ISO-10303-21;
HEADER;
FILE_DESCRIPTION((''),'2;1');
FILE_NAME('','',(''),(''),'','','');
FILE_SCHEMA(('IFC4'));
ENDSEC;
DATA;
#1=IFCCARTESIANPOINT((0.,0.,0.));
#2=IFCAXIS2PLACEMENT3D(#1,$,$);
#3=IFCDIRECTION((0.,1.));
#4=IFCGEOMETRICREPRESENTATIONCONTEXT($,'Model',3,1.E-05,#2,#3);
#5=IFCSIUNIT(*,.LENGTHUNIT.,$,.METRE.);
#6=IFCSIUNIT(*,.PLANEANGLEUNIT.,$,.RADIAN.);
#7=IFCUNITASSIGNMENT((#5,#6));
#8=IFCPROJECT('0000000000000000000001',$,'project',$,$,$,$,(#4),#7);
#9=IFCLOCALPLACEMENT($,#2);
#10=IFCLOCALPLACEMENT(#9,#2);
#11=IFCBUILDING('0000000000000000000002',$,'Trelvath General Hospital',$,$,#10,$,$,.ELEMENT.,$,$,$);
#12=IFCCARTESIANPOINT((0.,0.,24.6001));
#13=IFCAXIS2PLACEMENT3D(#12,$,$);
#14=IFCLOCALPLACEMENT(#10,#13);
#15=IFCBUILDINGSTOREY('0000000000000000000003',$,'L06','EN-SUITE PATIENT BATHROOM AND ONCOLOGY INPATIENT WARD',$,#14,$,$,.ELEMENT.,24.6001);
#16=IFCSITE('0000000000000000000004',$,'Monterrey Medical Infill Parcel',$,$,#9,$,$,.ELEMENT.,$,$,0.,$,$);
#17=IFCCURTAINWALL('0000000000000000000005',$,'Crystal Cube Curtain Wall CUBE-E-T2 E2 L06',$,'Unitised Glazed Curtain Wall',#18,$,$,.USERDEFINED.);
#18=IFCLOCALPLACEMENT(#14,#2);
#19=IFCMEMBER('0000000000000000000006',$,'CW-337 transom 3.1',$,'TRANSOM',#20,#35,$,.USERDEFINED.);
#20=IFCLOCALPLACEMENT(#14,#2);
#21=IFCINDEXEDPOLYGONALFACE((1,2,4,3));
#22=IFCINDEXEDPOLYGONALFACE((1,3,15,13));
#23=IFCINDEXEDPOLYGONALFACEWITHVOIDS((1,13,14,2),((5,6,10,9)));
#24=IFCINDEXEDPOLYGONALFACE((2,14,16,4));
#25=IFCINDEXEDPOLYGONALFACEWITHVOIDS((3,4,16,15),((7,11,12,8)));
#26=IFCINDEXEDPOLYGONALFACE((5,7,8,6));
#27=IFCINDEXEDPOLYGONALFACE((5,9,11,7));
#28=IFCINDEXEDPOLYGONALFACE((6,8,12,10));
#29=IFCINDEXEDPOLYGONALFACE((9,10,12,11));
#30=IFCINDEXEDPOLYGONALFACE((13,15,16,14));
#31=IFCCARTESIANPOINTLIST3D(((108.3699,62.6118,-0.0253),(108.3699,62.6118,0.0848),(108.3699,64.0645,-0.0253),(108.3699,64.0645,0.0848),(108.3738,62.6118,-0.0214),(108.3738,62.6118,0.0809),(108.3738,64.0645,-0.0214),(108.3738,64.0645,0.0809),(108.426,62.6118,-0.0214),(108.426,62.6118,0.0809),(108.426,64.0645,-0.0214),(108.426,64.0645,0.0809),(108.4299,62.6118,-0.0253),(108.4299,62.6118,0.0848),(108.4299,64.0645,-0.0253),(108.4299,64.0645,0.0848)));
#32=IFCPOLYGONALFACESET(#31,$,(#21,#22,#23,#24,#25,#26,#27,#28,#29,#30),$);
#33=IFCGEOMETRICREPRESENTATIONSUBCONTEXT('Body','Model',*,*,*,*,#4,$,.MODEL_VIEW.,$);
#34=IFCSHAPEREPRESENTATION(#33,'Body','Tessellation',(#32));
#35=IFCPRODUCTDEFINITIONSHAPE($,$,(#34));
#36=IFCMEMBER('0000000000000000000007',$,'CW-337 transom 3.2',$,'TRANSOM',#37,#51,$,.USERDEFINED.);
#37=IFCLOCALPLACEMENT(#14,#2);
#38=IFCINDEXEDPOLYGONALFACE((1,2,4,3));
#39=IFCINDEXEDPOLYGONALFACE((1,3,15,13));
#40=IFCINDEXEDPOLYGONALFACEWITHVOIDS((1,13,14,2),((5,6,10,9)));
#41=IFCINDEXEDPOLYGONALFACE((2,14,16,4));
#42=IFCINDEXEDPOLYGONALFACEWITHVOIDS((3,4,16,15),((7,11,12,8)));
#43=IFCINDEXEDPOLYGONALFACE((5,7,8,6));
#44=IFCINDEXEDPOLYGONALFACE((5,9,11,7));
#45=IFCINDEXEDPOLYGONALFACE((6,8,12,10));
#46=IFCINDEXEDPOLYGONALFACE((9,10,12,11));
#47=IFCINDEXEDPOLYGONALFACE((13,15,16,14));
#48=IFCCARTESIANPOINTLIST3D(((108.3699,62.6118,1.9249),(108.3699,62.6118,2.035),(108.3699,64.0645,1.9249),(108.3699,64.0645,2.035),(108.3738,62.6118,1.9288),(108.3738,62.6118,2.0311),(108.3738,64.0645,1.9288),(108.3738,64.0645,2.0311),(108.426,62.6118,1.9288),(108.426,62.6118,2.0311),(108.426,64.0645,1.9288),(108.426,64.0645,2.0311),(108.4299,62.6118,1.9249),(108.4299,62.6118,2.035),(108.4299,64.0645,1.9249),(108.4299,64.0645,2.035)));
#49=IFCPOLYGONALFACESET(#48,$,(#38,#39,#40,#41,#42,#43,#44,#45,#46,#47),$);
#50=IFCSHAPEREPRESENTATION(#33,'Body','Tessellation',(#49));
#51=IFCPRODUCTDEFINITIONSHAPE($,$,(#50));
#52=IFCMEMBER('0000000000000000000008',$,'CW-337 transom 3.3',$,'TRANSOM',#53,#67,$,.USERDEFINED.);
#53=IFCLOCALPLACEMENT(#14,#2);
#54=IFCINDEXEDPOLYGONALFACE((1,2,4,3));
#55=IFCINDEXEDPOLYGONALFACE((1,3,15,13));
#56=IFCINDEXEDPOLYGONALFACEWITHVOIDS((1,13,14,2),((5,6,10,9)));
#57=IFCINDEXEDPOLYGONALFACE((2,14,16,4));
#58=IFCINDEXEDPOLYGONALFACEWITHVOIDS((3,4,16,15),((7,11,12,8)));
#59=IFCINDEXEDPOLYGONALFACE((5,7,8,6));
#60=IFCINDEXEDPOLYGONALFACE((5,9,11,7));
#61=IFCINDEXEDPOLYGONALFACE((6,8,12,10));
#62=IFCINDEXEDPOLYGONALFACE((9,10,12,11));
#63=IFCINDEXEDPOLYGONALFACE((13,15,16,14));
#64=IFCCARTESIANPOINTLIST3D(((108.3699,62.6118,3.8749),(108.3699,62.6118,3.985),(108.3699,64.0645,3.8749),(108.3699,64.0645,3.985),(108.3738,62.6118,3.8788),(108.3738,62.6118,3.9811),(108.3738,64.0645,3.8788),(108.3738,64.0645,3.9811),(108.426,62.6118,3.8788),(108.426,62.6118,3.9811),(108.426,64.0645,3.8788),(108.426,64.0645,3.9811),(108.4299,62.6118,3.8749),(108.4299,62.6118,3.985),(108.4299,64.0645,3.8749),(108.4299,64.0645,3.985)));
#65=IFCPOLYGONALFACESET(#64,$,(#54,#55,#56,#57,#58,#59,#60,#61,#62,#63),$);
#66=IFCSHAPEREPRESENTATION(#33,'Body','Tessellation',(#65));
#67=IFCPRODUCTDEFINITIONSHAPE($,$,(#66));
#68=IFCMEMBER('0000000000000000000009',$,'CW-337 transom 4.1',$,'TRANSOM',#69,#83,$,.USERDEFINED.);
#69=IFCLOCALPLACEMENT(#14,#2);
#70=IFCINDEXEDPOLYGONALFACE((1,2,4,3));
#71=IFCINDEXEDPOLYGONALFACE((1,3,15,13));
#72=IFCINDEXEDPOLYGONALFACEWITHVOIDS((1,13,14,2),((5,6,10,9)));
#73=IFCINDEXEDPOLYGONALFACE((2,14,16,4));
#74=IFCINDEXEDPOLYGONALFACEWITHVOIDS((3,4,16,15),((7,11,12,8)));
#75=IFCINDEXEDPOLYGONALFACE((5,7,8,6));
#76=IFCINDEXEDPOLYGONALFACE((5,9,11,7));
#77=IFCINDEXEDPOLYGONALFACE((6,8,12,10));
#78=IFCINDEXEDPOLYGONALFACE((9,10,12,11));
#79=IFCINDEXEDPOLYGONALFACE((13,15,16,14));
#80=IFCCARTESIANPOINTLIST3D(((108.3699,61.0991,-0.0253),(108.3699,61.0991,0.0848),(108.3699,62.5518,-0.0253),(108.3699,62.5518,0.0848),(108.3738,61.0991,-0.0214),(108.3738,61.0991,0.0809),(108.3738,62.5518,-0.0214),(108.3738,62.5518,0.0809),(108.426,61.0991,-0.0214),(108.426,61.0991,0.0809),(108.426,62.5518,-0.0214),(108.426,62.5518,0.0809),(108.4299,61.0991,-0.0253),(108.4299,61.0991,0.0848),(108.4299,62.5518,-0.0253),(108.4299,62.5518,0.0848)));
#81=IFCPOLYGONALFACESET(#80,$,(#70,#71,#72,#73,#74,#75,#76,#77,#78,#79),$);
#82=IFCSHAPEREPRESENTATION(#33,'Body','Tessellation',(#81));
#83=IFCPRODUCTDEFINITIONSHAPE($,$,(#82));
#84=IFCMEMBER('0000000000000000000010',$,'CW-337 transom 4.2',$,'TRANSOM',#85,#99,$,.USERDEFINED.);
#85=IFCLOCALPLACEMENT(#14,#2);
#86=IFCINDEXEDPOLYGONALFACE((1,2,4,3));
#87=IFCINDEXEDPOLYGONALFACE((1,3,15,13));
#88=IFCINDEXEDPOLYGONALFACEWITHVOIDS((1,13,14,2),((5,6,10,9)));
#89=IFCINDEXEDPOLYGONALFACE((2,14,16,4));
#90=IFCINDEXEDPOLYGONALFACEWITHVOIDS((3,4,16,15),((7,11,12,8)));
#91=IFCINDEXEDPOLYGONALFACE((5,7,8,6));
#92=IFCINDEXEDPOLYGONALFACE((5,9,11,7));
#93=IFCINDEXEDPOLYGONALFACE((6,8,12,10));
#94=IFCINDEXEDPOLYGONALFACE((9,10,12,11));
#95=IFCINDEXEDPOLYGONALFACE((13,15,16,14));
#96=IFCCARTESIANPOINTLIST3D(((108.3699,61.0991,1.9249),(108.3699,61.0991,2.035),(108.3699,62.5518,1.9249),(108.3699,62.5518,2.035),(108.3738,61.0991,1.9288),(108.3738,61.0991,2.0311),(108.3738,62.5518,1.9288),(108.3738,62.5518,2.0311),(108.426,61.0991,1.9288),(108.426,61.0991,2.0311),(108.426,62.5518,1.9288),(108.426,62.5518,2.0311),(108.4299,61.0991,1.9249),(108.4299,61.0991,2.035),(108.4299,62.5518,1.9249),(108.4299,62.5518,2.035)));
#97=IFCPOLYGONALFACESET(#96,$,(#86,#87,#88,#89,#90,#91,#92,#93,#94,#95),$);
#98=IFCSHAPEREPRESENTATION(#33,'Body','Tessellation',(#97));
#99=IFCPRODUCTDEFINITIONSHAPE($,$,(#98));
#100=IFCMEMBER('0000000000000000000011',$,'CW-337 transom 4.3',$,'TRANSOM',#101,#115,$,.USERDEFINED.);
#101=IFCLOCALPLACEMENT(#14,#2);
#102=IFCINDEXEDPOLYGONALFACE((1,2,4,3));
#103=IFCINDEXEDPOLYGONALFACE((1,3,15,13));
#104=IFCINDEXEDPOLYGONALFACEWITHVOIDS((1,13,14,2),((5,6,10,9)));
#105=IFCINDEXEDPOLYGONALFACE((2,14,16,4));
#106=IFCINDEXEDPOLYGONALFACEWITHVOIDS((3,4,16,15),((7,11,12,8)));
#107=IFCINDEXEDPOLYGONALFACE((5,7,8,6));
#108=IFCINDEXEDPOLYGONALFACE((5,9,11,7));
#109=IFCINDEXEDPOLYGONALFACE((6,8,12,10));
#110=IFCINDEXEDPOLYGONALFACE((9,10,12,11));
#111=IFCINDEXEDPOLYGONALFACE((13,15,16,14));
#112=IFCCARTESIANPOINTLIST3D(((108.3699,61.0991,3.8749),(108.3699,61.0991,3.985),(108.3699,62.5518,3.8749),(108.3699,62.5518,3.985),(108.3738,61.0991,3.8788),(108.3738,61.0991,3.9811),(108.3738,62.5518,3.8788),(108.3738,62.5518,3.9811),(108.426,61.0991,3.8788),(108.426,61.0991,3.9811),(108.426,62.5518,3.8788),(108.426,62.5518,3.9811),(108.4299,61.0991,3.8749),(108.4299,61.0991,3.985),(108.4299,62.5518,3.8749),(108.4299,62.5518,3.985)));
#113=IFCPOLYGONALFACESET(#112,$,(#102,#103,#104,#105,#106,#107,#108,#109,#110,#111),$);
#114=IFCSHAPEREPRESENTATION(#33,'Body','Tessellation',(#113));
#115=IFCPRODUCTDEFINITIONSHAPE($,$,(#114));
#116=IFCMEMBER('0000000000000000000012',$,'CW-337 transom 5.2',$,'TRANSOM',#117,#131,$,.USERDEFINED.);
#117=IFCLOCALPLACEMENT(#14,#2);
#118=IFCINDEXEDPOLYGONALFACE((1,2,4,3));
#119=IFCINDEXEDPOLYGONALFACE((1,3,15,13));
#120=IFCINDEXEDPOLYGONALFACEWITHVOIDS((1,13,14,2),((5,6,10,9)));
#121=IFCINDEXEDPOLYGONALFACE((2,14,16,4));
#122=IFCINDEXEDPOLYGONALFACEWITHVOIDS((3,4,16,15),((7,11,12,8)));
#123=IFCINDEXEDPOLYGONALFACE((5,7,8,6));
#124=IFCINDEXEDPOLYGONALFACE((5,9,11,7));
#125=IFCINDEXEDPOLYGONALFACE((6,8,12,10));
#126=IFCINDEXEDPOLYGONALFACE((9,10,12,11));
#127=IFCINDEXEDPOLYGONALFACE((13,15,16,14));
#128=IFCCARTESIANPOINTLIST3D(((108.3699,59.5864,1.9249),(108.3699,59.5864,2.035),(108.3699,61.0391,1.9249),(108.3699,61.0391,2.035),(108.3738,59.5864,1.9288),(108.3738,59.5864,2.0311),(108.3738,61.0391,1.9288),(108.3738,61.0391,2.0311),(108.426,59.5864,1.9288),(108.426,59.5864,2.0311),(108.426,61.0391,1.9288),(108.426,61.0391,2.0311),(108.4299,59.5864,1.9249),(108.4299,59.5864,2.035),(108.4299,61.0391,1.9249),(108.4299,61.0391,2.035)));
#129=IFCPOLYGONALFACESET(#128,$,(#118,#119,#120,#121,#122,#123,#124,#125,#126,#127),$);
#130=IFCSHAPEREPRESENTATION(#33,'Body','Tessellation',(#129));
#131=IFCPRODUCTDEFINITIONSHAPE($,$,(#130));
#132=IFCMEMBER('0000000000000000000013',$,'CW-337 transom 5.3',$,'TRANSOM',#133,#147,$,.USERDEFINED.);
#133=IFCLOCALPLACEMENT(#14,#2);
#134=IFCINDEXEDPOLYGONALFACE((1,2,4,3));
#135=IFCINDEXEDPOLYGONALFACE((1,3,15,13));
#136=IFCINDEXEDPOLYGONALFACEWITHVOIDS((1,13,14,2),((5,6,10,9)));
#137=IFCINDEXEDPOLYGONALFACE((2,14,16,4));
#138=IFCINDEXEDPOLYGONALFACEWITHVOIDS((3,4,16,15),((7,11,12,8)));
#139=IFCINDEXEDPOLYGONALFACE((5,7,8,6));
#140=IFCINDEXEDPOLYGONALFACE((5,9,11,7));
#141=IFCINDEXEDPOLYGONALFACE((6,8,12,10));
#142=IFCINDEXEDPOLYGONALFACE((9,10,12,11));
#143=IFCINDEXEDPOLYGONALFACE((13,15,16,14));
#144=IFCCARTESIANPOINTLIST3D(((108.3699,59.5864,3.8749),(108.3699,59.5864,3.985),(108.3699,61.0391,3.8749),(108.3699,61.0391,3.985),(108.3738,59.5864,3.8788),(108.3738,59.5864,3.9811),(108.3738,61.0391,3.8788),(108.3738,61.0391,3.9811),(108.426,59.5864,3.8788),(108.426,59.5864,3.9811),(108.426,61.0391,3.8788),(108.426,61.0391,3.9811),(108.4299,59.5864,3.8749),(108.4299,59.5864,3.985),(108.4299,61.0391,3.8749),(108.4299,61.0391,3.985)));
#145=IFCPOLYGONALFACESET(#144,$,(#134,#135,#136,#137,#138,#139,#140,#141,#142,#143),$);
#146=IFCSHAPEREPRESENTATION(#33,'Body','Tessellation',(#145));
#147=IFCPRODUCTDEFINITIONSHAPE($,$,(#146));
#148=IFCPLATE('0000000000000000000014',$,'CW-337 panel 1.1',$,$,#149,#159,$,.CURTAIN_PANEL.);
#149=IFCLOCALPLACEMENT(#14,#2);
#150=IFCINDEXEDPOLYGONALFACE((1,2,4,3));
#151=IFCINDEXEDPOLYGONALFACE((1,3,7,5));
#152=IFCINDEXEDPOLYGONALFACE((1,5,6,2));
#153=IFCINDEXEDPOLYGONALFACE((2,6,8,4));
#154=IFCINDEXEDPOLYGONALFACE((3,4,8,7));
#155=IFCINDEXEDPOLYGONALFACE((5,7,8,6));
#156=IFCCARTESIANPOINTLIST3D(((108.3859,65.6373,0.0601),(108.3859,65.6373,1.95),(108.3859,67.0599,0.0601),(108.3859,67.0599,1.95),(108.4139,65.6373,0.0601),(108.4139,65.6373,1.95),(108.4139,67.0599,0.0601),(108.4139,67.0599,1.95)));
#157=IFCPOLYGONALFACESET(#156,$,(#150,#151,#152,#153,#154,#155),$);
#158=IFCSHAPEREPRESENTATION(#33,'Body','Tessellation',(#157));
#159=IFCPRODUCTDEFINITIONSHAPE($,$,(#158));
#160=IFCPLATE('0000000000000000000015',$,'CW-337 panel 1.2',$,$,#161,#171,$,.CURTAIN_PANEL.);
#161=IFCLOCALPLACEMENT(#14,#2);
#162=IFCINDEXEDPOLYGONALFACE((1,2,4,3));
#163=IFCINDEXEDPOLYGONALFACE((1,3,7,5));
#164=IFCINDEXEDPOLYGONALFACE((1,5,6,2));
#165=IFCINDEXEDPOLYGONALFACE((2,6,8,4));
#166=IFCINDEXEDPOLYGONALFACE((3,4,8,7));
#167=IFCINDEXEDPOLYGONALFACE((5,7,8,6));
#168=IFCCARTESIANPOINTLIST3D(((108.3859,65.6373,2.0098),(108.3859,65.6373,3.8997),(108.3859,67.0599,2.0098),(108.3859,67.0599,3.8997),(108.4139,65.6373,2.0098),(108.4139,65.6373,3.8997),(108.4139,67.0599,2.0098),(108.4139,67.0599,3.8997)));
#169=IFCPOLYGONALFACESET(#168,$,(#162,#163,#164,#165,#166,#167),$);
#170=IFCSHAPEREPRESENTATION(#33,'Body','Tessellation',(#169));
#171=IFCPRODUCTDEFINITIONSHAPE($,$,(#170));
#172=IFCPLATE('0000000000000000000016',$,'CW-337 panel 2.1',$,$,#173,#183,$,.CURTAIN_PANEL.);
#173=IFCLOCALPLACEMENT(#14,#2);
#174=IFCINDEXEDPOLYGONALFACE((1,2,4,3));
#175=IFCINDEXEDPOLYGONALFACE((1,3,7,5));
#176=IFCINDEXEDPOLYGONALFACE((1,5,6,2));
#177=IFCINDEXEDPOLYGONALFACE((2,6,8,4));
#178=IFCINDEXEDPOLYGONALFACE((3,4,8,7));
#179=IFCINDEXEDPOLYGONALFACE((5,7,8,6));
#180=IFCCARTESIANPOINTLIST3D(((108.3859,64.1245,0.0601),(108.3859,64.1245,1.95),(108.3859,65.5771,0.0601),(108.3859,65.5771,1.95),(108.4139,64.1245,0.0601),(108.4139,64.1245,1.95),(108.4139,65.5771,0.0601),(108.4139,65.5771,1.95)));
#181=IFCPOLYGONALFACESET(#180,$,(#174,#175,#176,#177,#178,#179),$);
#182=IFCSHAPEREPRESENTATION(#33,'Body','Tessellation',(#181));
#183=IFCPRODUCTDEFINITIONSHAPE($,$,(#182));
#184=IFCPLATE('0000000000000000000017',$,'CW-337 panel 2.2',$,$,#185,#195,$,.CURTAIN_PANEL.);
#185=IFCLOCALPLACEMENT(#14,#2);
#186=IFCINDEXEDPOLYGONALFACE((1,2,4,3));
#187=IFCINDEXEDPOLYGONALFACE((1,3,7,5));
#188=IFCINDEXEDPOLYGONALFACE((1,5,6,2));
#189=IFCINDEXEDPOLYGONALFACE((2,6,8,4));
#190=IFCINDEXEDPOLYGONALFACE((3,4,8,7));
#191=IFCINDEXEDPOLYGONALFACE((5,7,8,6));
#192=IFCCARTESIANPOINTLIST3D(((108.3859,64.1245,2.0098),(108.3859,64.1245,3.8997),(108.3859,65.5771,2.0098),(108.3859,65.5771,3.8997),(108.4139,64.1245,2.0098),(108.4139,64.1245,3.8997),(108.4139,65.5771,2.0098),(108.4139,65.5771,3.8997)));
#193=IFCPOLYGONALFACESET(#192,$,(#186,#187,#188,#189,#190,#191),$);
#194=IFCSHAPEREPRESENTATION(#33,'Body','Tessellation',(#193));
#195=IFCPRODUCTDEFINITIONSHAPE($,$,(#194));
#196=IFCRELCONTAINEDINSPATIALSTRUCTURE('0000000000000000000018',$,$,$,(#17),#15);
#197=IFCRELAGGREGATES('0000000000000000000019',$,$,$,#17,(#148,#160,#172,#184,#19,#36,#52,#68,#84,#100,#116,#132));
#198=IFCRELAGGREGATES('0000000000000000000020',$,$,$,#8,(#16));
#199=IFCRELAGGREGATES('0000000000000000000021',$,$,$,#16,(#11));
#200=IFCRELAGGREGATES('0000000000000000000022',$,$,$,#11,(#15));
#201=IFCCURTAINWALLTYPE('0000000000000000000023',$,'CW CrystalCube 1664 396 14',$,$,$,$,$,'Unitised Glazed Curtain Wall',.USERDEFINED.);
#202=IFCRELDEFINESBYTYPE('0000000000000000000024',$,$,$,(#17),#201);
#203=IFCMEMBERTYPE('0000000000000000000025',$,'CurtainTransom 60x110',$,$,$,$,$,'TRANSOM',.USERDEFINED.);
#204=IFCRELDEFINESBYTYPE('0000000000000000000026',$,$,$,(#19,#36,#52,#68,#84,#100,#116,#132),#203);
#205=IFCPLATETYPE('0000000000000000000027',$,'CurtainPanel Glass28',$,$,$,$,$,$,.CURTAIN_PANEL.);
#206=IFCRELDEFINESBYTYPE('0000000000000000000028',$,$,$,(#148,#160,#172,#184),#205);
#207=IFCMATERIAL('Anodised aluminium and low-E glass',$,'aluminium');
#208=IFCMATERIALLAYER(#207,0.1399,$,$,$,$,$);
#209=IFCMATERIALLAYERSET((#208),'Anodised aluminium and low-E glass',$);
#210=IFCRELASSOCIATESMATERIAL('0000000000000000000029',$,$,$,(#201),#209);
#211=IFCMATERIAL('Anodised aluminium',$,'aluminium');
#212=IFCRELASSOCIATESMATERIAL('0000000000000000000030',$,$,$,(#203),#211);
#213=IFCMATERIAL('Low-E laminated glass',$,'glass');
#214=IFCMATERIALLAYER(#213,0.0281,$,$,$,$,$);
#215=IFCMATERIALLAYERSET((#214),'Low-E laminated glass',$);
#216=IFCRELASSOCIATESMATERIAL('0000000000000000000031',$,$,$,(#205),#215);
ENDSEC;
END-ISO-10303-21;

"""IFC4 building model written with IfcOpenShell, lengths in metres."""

from ifc_helpers import new_model, si_unit, direction, frame, origin, origin_2d, place, context, subcontext, project, spatial, rectangle, hollow_rectangle, extrude, material, layer, layer_set, material_profile, profile_set, type_object, element, aggregate, save


model = new_model("IFC4")

# Units and contexts
model_context = context("Model", 3, precision=1e-05, world=origin(), true_north=direction((0.0, 1.0)))
body_context = subcontext(model_context, "Body", "Model", "MODEL_VIEW")
ifc_project = project(units=[si_unit("LENGTHUNIT", "METRE"), si_unit("PLANEANGLEUNIT", "RADIAN")], contexts=[model_context])

# Site, building, storey
site_placement = place(None, origin())
site = spatial("IfcSite", under=ifc_project, at=site_placement, Name="Monterrey Medical Infill Parcel", CompositionType="ELEMENT", RefElevation=0.0)
building_placement = place(site_placement, origin())
building = spatial("IfcBuilding", under=site, at=building_placement, Name="Trelvath General Hospital", CompositionType="ELEMENT")
storey_placement = place(building_placement, frame((0.0, 0.0, 24.6001)))
storey = spatial("IfcBuildingStorey", under=building, at=storey_placement, Name="L06", Description="EN-SUITE PATIENT BATHROOM AND ONCOLOGY INPATIENT WARD", CompositionType="ELEMENT", Elevation=24.6001)

# Curtain wall, members, plates
ifc_material_1 = material(Name="Anodised aluminium and low-E glass", Category="aluminium")
ifc_layer_1 = layer(ifc_material_1, 0.1399)
ifc_layer_set_1 = layer_set([ifc_layer_1], Name="Anodised aluminium and low-E glass")
curtain_wall_type = type_object("IfcCurtainWallType", Name="CW CrystalCube 1664 396 14", ElementType="Unitised Glazed Curtain Wall", PredefinedType="USERDEFINED", material=ifc_layer_set_1)
curtain_wall_placement = place(storey_placement, origin())
curtain_wall = element("IfcCurtainWall", 1, at=curtain_wall_placement, inside=storey, type_object=curtain_wall_type, Name="Crystal Cube Curtain Wall CUBE-E-T2 E2 L06", ObjectType="Unitised Glazed Curtain Wall", PredefinedType="USERDEFINED")
ifc_material_2 = material(Name="Anodised aluminium", Category="aluminium")
ifc_material_profile_1 = material_profile(ifc_material_2, hollow_rectangle(XDim=0.0601, YDim=0.1101, WallThickness=0.0039, at=origin_2d()), Name="RHS60x110x4")
ifc_profile_set_1 = profile_set([ifc_material_profile_1], Name="Anodised aluminium")
member_type_1 = type_object("IfcMemberType", Name="CurtainTransom 60x110", ElementType="TRANSOM", PredefinedType="USERDEFINED", material=ifc_profile_set_1)
member_1_placement = place(storey_placement, frame((108.3999, 64.0645, 0.0298), z_axis=(0.0, -1.0, 0.0), x_axis=(1.0, 0.0, 0.0)))
member_1 = element("IfcMember", 2, at=member_1_placement, type_object=member_type_1, Name="CW-337 transom 3.1", ObjectType="TRANSOM", PredefinedType="USERDEFINED", context=body_context, shape_type="SweptSolid", body=[
    extrude(hollow_rectangle(XDim=0.0601, YDim=0.1101, WallThickness=0.0039, at=origin_2d()), origin(), (0.0, 0.0, 1.0), 1.4526),
])
member_2_placement = place(storey_placement, frame((108.3999, 64.0645, 1.98), z_axis=(0.0, -1.0, 0.0), x_axis=(1.0, 0.0, 0.0)))
member_2 = element("IfcMember", 3, at=member_2_placement, type_object=member_type_1, Name="CW-337 transom 3.2", ObjectType="TRANSOM", PredefinedType="USERDEFINED", context=body_context, shape_type="SweptSolid", body=[
    extrude(hollow_rectangle(XDim=0.0601, YDim=0.1101, WallThickness=0.0039, at=origin_2d()), origin(), (0.0, 0.0, 1.0), 1.4526),
])
member_3_placement = place(storey_placement, frame((108.3999, 64.0645, 3.9299), z_axis=(0.0, -1.0, 0.0), x_axis=(1.0, 0.0, 0.0)))
member_3 = element("IfcMember", 4, at=member_3_placement, type_object=member_type_1, Name="CW-337 transom 3.3", ObjectType="TRANSOM", PredefinedType="USERDEFINED", context=body_context, shape_type="SweptSolid", body=[
    extrude(hollow_rectangle(XDim=0.0601, YDim=0.1101, WallThickness=0.0039, at=origin_2d()), origin(), (0.0, 0.0, 1.0), 1.4526),
])
member_4_placement = place(storey_placement, frame((108.3999, 62.5518, 0.0298), z_axis=(0.0, -1.0, 0.0), x_axis=(1.0, 0.0, 0.0)))
member_4 = element("IfcMember", 5, at=member_4_placement, type_object=member_type_1, Name="CW-337 transom 4.1", ObjectType="TRANSOM", PredefinedType="USERDEFINED", context=body_context, shape_type="SweptSolid", body=[
    extrude(hollow_rectangle(XDim=0.0601, YDim=0.1101, WallThickness=0.0039, at=origin_2d()), origin(), (0.0, 0.0, 1.0), 1.4526),
])
member_5_placement = place(storey_placement, frame((108.3999, 62.5518, 1.98), z_axis=(0.0, -1.0, 0.0), x_axis=(1.0, 0.0, 0.0)))
member_5 = element("IfcMember", 6, at=member_5_placement, type_object=member_type_1, Name="CW-337 transom 4.2", ObjectType="TRANSOM", PredefinedType="USERDEFINED", context=body_context, shape_type="SweptSolid", body=[
    extrude(hollow_rectangle(XDim=0.0601, YDim=0.1101, WallThickness=0.0039, at=origin_2d()), origin(), (0.0, 0.0, 1.0), 1.4526),
])
member_6_placement = place(storey_placement, frame((108.3999, 62.5518, 3.9299), z_axis=(0.0, -1.0, 0.0), x_axis=(1.0, 0.0, 0.0)))
member_6 = element("IfcMember", 7, at=member_6_placement, type_object=member_type_1, Name="CW-337 transom 4.3", ObjectType="TRANSOM", PredefinedType="USERDEFINED", context=body_context, shape_type="SweptSolid", body=[
    extrude(hollow_rectangle(XDim=0.0601, YDim=0.1101, WallThickness=0.0039, at=origin_2d()), origin(), (0.0, 0.0, 1.0), 1.4526),
])
member_7_placement = place(storey_placement, frame((108.3999, 61.0391, 1.98), z_axis=(0.0, -1.0, 0.0), x_axis=(1.0, 0.0, 0.0)))
member_7 = element("IfcMember", 8, at=member_7_placement, type_object=member_type_1, Name="CW-337 transom 5.2", ObjectType="TRANSOM", PredefinedType="USERDEFINED", context=body_context, shape_type="SweptSolid", body=[
    extrude(hollow_rectangle(XDim=0.0601, YDim=0.1101, WallThickness=0.0039, at=origin_2d()), origin(), (0.0, 0.0, 1.0), 1.4526),
])
member_8_placement = place(storey_placement, frame((108.3999, 61.0391, 3.9299), z_axis=(0.0, -1.0, 0.0), x_axis=(1.0, 0.0, 0.0)))
member_8 = element("IfcMember", 9, at=member_8_placement, type_object=member_type_1, Name="CW-337 transom 5.3", ObjectType="TRANSOM", PredefinedType="USERDEFINED", context=body_context, shape_type="SweptSolid", body=[
    extrude(hollow_rectangle(XDim=0.0601, YDim=0.1101, WallThickness=0.0039, at=origin_2d()), origin(), (0.0, 0.0, 1.0), 1.4526),
])
ifc_material_3 = material(Name="Low-E laminated glass", Category="glass")
ifc_layer_2 = layer(ifc_material_3, 0.0281)
ifc_layer_set_2 = layer_set([ifc_layer_2], Name="Low-E laminated glass")
plate_type = type_object("IfcPlateType", Name="CurtainPanel Glass28", PredefinedType="CURTAIN_PANEL", material=ifc_layer_set_2)
plate_1_placement = place(storey_placement, frame((108.3999, 66.3486, 0.0601), z_axis=(0.0, 0.0, 1.0), x_axis=(0.0, -1.0, 0.0)))
plate_1 = element("IfcPlate", 10, at=plate_1_placement, type_object=plate_type, Name="CW-337 panel 1.1", PredefinedType="CURTAIN_PANEL", context=body_context, shape_type="SweptSolid", body=[
    extrude(rectangle(XDim=1.4226, YDim=0.0281, at=origin_2d()), origin(), (0.0, 0.0, 1.0), 1.8899),
])
plate_2_placement = place(storey_placement, frame((108.3999, 66.3486, 2.0098), z_axis=(0.0, 0.0, 1.0), x_axis=(0.0, -1.0, 0.0)))
plate_2 = element("IfcPlate", 11, at=plate_2_placement, type_object=plate_type, Name="CW-337 panel 1.2", PredefinedType="CURTAIN_PANEL", context=body_context, shape_type="SweptSolid", body=[
    extrude(rectangle(XDim=1.4226, YDim=0.0281, at=origin_2d()), origin(), (0.0, 0.0, 1.0), 1.8899),
])
plate_3_placement = place(storey_placement, frame((108.3999, 64.8508, 0.0601), z_axis=(0.0, 0.0, 1.0), x_axis=(0.0, -1.0, 0.0)))
plate_3 = element("IfcPlate", 12, at=plate_3_placement, type_object=plate_type, Name="CW-337 panel 2.1", PredefinedType="CURTAIN_PANEL", context=body_context, shape_type="SweptSolid", body=[
    extrude(rectangle(XDim=1.4526, YDim=0.0281, at=origin_2d()), origin(), (0.0, 0.0, 1.0), 1.8899),
])
plate_4_placement = place(storey_placement, frame((108.3999, 64.8508, 2.0098), z_axis=(0.0, 0.0, 1.0), x_axis=(0.0, -1.0, 0.0)))
plate_4 = element("IfcPlate", 13, at=plate_4_placement, type_object=plate_type, Name="CW-337 panel 2.2", PredefinedType="CURTAIN_PANEL", context=body_context, shape_type="SweptSolid", body=[
    extrude(rectangle(XDim=1.4526, YDim=0.0281, at=origin_2d()), origin(), (0.0, 0.0, 1.0), 1.8899),
])
aggregate(curtain_wall, [plate_1, plate_2, plate_3, plate_4, member_1, member_2, member_3, member_4, member_5, member_6, member_7, member_8])

save(model, "model.ifc")
